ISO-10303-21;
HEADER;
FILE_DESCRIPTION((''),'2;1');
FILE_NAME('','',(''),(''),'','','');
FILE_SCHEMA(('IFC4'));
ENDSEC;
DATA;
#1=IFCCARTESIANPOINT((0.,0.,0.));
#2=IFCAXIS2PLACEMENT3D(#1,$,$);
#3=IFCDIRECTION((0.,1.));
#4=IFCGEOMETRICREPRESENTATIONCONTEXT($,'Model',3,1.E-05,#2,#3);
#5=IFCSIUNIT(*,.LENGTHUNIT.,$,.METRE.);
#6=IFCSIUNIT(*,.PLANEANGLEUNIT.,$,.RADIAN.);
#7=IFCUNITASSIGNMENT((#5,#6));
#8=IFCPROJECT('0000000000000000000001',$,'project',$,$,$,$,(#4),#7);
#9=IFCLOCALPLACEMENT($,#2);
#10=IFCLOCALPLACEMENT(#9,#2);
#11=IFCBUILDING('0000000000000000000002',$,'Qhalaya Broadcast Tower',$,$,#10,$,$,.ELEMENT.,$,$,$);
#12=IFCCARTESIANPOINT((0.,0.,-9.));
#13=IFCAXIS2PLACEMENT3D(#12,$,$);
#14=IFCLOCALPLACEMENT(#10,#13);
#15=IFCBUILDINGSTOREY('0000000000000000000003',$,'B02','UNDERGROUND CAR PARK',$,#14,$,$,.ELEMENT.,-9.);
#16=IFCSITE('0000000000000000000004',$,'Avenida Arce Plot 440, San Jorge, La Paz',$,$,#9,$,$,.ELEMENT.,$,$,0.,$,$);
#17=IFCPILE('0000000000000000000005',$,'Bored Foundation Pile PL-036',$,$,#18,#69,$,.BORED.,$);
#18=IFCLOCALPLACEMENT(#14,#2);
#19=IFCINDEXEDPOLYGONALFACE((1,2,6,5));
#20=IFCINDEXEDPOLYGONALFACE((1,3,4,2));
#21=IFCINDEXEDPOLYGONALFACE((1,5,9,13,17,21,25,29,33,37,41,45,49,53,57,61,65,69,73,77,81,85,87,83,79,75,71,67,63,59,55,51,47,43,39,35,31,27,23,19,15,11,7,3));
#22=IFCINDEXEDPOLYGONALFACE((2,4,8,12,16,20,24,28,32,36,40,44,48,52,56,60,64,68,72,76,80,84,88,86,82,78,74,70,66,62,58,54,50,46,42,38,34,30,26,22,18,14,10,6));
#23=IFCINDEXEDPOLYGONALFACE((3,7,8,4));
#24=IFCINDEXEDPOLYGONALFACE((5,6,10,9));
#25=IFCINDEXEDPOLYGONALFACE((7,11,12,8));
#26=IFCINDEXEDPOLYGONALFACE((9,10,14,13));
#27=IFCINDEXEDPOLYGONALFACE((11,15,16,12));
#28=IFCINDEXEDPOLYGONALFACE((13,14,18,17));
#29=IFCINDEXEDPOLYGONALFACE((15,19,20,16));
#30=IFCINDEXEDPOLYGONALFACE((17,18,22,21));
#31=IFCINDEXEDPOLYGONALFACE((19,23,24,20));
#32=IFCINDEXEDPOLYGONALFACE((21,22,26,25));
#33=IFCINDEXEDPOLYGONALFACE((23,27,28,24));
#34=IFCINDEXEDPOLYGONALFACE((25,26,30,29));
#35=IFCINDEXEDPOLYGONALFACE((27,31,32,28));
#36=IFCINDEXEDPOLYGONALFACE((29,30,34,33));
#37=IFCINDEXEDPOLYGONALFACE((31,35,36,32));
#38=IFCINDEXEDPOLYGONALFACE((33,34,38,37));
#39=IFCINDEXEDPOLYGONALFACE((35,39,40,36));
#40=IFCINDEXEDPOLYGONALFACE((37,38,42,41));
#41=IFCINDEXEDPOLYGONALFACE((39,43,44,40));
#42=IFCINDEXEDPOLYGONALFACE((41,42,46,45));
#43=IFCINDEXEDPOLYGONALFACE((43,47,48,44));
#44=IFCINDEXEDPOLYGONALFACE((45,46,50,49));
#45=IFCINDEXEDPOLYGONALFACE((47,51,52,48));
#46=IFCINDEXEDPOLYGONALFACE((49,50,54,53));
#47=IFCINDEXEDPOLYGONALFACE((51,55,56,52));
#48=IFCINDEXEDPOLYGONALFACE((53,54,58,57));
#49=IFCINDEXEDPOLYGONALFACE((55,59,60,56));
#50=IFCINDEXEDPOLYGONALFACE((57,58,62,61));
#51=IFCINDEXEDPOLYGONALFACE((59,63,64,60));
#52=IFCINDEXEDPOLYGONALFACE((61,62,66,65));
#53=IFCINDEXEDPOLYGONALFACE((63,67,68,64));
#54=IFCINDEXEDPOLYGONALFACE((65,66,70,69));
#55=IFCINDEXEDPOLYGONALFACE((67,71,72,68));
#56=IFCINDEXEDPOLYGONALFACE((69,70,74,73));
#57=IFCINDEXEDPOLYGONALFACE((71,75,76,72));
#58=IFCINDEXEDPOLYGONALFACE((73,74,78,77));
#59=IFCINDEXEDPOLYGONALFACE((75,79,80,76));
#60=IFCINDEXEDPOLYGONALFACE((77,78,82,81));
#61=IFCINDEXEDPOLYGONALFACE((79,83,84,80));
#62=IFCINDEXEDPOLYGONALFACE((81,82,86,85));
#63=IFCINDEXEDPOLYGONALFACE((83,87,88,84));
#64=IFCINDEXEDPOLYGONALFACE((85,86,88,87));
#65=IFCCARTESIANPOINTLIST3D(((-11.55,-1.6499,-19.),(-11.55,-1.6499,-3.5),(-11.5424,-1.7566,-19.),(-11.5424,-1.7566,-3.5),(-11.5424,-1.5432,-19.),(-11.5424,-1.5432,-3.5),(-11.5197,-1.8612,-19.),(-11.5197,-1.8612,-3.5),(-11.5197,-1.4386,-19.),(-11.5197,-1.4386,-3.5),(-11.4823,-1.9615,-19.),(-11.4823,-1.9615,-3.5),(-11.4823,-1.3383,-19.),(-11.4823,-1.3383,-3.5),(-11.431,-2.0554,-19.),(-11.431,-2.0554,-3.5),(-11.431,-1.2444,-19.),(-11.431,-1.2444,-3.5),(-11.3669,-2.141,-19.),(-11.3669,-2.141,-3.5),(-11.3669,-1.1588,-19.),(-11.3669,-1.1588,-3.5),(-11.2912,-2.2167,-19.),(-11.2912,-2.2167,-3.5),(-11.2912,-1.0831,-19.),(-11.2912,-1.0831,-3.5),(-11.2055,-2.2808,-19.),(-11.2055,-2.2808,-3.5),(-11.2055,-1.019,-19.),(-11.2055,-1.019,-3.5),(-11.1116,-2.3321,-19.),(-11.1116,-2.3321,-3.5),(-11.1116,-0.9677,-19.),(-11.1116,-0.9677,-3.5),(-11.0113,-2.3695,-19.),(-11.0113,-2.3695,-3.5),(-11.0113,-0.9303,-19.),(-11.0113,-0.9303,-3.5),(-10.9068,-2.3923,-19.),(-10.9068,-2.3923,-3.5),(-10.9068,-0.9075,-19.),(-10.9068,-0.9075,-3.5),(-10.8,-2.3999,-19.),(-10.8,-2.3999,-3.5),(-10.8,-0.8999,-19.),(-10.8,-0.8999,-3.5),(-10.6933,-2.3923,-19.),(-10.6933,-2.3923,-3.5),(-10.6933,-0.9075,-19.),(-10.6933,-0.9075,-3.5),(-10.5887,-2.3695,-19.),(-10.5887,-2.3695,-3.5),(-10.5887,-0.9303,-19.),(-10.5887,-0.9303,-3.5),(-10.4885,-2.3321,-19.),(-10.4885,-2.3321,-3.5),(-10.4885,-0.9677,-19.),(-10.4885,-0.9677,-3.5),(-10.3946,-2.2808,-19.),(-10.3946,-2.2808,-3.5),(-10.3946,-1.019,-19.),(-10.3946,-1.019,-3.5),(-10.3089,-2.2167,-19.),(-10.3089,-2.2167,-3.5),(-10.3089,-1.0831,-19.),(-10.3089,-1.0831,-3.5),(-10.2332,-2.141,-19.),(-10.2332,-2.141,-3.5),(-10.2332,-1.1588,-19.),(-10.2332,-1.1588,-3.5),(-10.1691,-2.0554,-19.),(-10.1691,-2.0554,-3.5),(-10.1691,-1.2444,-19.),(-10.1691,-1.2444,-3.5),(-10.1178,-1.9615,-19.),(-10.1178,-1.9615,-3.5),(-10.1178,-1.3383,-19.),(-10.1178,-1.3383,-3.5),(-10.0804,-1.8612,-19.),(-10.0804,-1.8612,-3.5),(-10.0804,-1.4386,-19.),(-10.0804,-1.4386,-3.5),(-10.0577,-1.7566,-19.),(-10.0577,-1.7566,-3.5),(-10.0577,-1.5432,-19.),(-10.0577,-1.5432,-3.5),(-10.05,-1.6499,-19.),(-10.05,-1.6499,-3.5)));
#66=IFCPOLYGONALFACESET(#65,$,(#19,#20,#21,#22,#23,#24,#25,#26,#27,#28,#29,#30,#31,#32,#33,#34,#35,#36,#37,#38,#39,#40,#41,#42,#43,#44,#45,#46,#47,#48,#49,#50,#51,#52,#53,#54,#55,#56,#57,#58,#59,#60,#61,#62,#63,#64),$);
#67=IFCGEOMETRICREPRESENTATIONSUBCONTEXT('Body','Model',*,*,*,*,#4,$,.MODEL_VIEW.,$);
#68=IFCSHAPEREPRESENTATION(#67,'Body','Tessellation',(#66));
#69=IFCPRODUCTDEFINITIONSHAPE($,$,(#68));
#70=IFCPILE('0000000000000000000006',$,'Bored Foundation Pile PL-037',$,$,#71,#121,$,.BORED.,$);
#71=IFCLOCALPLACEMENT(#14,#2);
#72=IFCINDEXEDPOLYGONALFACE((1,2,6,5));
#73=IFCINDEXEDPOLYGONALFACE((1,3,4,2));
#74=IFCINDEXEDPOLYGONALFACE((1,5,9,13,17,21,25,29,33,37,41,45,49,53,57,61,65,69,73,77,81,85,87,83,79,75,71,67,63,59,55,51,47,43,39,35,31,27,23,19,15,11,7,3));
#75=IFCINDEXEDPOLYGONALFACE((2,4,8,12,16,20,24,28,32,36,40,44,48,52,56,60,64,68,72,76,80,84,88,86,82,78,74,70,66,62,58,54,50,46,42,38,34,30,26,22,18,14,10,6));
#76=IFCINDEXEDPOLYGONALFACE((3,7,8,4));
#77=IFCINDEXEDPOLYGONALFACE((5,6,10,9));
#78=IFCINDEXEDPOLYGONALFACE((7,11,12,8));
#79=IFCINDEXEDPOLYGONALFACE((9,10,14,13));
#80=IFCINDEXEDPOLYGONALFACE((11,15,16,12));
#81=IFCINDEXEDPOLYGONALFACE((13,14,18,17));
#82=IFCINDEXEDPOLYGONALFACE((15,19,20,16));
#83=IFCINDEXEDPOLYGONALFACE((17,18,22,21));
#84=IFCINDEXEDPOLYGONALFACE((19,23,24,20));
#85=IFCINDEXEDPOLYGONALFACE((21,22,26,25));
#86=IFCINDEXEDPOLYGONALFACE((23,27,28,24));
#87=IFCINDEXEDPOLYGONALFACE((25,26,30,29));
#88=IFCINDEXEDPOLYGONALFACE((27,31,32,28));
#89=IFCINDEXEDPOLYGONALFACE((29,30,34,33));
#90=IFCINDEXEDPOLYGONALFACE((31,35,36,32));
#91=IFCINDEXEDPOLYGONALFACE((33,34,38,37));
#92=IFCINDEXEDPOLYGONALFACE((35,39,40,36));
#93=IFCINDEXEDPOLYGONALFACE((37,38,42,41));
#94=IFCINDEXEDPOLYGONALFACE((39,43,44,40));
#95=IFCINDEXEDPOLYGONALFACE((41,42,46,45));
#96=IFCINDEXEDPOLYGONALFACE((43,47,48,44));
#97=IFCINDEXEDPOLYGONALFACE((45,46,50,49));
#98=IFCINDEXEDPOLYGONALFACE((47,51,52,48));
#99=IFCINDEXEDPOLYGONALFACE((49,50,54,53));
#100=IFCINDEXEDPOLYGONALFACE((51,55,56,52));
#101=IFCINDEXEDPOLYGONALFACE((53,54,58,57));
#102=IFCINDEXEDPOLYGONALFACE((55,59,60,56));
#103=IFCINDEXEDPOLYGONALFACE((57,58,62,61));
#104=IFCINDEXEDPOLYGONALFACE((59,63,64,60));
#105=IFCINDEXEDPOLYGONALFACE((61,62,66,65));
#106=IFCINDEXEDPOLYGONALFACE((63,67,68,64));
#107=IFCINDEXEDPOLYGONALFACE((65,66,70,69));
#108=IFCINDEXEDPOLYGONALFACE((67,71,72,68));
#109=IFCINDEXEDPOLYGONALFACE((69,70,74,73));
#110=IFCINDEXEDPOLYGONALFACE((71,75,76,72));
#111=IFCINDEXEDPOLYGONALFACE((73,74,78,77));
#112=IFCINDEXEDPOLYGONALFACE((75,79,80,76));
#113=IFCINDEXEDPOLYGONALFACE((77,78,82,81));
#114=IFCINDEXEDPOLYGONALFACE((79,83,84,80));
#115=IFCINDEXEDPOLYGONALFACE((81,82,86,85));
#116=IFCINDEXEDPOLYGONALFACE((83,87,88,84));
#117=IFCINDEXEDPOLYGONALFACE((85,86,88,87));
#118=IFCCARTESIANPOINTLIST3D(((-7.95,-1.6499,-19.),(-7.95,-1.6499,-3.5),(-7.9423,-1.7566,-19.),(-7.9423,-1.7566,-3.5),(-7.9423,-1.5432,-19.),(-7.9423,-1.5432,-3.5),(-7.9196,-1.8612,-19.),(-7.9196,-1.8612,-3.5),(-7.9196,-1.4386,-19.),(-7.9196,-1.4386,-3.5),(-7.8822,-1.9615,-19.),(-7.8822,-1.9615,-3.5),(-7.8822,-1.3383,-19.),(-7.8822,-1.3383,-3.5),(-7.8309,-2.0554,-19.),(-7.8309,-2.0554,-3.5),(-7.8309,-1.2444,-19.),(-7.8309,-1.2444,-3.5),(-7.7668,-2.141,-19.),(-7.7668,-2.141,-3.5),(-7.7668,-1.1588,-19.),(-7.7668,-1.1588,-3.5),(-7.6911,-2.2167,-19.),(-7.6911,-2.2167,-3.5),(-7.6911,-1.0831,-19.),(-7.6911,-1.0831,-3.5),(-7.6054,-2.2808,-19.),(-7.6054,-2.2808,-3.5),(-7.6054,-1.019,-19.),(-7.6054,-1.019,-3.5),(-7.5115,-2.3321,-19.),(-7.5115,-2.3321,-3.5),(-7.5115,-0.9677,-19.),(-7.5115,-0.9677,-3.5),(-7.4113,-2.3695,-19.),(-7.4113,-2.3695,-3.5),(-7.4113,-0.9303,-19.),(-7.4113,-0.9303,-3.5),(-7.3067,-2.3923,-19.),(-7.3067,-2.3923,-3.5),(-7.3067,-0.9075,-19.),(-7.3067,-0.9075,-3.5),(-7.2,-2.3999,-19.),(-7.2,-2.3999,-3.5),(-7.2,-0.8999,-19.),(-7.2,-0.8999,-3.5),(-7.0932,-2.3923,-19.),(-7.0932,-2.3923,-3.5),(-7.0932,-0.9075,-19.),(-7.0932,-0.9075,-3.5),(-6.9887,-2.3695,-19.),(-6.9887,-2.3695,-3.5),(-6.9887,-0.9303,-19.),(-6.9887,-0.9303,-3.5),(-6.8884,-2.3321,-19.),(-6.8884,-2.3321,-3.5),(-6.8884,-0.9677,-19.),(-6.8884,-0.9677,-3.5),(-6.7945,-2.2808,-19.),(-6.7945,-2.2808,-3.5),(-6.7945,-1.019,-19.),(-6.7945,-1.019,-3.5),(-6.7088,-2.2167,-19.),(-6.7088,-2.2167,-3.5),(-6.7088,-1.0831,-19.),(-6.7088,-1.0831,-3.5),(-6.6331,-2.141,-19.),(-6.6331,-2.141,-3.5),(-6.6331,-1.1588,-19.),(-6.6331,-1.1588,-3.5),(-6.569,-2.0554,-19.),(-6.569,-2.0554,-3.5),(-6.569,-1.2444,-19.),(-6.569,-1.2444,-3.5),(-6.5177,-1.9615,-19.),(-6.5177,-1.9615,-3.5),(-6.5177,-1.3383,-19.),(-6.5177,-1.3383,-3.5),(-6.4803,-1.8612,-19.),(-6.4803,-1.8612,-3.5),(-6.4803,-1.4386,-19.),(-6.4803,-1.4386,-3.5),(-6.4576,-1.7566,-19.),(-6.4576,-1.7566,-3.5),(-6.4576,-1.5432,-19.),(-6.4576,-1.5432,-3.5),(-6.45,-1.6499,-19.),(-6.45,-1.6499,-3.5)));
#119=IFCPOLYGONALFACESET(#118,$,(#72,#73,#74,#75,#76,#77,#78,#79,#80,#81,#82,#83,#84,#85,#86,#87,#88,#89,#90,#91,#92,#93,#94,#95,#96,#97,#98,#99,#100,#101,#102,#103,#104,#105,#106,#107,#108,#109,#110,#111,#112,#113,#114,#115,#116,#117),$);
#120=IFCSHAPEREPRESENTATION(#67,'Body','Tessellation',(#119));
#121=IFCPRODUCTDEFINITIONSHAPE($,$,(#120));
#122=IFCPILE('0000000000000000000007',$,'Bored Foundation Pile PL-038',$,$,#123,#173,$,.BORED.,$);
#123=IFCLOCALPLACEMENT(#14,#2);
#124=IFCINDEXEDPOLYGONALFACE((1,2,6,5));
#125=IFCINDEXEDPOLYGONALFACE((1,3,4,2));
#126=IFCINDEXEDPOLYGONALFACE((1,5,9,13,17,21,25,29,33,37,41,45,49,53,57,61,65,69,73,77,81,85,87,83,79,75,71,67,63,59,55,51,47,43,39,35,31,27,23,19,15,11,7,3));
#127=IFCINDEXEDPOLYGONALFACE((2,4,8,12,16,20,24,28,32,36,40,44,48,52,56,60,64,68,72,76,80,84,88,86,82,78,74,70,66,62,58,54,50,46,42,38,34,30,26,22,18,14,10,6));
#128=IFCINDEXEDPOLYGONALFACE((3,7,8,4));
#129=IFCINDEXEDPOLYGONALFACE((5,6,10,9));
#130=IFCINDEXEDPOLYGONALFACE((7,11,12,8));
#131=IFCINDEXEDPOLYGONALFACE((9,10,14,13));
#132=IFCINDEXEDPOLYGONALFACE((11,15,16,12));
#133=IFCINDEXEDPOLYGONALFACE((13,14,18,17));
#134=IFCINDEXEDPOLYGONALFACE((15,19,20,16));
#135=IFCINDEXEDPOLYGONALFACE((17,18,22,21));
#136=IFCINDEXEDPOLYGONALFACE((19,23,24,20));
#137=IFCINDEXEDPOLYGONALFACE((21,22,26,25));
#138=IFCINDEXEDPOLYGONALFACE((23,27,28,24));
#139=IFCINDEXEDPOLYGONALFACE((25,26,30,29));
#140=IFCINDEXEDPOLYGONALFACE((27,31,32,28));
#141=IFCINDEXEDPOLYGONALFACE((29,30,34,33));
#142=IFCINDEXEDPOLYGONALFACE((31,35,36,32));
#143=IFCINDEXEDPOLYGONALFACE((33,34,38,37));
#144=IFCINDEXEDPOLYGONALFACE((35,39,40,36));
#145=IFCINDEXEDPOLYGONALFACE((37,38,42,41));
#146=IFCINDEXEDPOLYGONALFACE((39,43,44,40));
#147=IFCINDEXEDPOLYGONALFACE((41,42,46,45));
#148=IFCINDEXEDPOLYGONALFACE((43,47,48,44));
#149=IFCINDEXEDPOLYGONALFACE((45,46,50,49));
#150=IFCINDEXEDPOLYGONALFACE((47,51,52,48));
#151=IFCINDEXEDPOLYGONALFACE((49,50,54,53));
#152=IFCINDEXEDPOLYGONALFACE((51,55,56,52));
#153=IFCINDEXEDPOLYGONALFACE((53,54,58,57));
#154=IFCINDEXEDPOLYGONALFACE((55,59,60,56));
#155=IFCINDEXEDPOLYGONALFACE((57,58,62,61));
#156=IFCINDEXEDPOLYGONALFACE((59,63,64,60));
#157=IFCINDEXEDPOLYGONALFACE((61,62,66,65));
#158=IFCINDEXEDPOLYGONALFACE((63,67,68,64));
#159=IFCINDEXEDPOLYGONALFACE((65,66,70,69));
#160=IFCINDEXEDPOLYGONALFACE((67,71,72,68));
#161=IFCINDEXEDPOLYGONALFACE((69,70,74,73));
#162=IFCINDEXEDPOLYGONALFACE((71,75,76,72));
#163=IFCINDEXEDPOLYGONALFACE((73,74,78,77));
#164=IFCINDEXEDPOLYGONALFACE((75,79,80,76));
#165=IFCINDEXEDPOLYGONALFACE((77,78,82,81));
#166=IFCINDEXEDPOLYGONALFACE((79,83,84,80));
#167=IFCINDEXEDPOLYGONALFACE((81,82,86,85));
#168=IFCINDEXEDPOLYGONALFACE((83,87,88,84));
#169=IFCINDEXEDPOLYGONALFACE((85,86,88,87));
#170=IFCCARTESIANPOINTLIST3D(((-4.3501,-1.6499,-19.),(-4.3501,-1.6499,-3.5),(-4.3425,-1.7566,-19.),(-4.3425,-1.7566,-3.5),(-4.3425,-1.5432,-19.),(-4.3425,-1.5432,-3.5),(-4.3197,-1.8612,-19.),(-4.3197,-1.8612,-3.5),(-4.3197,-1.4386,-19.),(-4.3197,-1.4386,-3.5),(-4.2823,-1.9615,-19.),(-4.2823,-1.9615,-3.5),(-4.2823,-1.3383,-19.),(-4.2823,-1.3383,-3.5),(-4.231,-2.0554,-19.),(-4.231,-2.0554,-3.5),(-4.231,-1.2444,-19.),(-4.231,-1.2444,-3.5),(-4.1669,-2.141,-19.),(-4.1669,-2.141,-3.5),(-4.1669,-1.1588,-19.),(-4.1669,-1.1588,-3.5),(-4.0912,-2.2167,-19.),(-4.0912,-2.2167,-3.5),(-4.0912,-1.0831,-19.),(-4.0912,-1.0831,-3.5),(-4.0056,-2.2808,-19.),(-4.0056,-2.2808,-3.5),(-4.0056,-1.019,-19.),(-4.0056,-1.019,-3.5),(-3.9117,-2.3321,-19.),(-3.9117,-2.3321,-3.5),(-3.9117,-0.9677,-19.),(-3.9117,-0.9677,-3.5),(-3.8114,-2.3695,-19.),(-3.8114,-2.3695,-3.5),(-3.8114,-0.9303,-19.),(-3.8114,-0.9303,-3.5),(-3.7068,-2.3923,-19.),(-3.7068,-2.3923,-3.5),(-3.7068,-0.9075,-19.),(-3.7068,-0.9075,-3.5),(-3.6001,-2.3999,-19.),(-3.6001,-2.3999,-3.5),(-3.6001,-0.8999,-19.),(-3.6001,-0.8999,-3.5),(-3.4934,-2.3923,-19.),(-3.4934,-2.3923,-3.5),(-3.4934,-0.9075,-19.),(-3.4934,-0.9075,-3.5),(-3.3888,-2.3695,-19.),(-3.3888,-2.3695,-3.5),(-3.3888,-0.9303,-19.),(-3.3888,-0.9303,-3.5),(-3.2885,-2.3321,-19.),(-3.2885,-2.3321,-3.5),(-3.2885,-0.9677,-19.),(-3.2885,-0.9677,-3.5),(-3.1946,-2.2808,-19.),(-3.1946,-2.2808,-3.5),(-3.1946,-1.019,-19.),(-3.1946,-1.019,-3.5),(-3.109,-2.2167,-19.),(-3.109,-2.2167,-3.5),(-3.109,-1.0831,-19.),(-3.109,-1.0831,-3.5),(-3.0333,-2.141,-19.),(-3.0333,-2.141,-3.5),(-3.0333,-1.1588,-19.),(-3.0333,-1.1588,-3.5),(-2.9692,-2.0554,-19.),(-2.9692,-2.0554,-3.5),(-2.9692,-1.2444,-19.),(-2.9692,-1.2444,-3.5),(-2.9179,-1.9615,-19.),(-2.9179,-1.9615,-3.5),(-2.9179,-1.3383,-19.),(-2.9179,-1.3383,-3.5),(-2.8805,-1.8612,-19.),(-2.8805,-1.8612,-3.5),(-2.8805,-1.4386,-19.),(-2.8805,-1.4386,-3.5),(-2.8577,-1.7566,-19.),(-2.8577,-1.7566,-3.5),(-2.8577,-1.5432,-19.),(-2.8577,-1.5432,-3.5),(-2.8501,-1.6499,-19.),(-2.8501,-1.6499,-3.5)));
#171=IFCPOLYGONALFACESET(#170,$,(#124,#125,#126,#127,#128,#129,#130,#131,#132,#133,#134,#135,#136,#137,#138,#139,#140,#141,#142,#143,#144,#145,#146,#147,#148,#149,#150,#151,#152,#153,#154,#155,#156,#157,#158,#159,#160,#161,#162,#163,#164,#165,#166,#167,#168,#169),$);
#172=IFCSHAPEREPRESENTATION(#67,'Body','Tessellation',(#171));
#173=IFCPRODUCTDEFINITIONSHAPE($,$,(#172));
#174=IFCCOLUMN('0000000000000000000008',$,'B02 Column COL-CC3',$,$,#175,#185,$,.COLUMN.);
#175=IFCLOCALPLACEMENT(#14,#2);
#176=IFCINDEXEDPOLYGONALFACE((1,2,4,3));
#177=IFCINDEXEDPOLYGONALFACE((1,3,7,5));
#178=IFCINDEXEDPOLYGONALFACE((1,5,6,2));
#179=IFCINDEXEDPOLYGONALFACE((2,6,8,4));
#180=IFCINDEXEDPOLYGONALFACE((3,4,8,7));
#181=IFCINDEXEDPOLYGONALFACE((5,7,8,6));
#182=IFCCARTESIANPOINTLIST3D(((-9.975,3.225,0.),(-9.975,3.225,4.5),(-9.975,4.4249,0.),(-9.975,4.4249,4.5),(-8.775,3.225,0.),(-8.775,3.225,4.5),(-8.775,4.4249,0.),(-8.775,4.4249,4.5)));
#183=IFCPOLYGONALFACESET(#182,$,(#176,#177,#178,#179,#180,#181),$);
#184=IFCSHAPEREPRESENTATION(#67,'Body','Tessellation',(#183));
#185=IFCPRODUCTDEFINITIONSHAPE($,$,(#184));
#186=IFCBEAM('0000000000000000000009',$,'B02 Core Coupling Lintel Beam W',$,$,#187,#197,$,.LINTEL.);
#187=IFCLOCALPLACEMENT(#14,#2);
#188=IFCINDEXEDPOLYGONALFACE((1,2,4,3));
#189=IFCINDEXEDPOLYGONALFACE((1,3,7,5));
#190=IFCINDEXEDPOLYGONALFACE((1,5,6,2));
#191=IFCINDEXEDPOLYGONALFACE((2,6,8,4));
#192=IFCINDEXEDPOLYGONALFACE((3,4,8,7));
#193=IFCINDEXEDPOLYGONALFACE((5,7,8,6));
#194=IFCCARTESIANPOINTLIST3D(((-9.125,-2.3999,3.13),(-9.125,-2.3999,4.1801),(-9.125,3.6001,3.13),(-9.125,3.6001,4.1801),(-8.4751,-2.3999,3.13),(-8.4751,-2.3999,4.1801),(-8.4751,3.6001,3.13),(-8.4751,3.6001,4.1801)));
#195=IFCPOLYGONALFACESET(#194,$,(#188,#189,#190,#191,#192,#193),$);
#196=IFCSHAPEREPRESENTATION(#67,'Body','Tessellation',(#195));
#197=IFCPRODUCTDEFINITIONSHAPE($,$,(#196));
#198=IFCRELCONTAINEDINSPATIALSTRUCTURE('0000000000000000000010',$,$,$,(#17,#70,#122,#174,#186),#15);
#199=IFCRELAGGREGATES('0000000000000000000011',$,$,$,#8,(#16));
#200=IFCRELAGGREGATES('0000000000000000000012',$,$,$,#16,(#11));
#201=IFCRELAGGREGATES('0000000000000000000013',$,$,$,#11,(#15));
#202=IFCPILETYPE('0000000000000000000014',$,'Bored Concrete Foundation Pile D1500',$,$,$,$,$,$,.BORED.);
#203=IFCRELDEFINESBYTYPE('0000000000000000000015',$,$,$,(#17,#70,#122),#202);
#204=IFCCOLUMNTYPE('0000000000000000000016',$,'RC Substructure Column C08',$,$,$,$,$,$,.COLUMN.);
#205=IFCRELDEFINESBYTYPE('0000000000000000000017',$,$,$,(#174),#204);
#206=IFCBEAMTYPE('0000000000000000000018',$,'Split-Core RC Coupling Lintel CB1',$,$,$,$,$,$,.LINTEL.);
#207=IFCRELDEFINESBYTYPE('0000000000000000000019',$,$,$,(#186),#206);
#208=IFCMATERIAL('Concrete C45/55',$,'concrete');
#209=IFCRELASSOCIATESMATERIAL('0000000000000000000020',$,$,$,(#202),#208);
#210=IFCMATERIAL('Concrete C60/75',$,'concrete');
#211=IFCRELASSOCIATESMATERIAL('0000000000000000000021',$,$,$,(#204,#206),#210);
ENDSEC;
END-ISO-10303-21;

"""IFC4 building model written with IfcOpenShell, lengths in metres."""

from ifc_helpers import new_model, si_unit, direction, frame, origin, origin_2d, place, context, subcontext, project, spatial, rectangle, circle, extrude, material, material_profile, profile_set, type_object, element, save


model = new_model("IFC4")

# Units and contexts
model_context = context("Model", 3, precision=1e-05, world=origin(), true_north=direction((0.0, 1.0)))
body_context = subcontext(model_context, "Body", "Model", "MODEL_VIEW")
ifc_project = project(units=[si_unit("LENGTHUNIT", "METRE"), si_unit("PLANEANGLEUNIT", "RADIAN")], contexts=[model_context])

# Site, building, storey
site_placement = place(None, origin())
site = spatial("IfcSite", under=ifc_project, at=site_placement, Name="Avenida Arce Plot 440, San Jorge, La Paz", CompositionType="ELEMENT", RefElevation=0.0)
building_placement = place(site_placement, origin())
building = spatial("IfcBuilding", under=site, at=building_placement, Name="Qhalaya Broadcast Tower", CompositionType="ELEMENT")
storey_placement = place(building_placement, frame((0.0, 0.0, -9.0)))
storey = spatial("IfcBuildingStorey", under=building, at=storey_placement, Name="B02", Description="UNDERGROUND CAR PARK", CompositionType="ELEMENT", Elevation=-9.0)

# Piles
ifc_material_1 = material(Name="Concrete C45/55", Category="concrete")
ifc_material_profile_1 = material_profile(ifc_material_1, circle(Radius=0.75, at=origin_2d()), Name="PILE D1500")
ifc_profile_set_1 = profile_set([ifc_material_profile_1], Name="Concrete C45/55")
pile_type = type_object("IfcPileType", Name="Bored Concrete Foundation Pile D1500", PredefinedType="BORED", material=ifc_profile_set_1)
for number, where, z_axis, x_axis, name in (
    (1, (-10.8, -1.6499, -3.5), (0.0, 0.0, -1.0), (1.0, 0.0, 0.0), "Bored Foundation Pile PL-036"),
    (2, (-7.2, -1.6499, -3.5), (0.0, 0.0, -1.0), (1.0, 0.0, 0.0), "Bored Foundation Pile PL-037"),
    (3, (-3.6001, -1.6499, -3.5), (0.0, 0.0, -1.0), (1.0, 0.0, 0.0), "Bored Foundation Pile PL-038"),
):
    element("IfcPile", number, at=place(storey_placement, frame(where, z_axis=z_axis, x_axis=x_axis)), inside=storey, type_object=pile_type, Name=name, PredefinedType="BORED", context=body_context, shape_type="SweptSolid", body=[
        extrude(circle(Radius=0.75, at=origin_2d()), origin(), (0.0, 0.0, 1.0), 15.5),
    ])

# Column
ifc_material_2 = material(Name="Concrete C60/75", Category="concrete")
ifc_material_profile_2 = material_profile(ifc_material_2, rectangle(XDim=1.2, YDim=1.2, at=origin_2d()), Name="RC-COL 1200x1200")
ifc_profile_set_2 = profile_set([ifc_material_profile_2], Name="Concrete C60/75")
column_type = type_object("IfcColumnType", Name="RC Substructure Column C08", PredefinedType="COLUMN", material=ifc_profile_set_2)
column_placement = place(storey_placement, frame((-9.375, 3.825, 0.0), z_axis=(0.0, 0.0, 1.0), x_axis=(1.0, 0.0, 0.0)))
element("IfcColumn", 4, at=column_placement, inside=storey, type_object=column_type, Name="B02 Column COL-CC3", PredefinedType="COLUMN", context=body_context, shape_type="SweptSolid", body=[
    extrude(rectangle(XDim=1.2, YDim=1.2, at=origin_2d()), origin(), (0.0, 0.0, 1.0), 4.5),
])

# Beam
ifc_material_profile_3 = material_profile(ifc_material_2, rectangle(XDim=0.6499, YDim=1.05, at=origin_2d()), Name="RC-CB 650x1050")
ifc_profile_set_3 = profile_set([ifc_material_profile_3], Name="Concrete C60/75")
beam_type = type_object("IfcBeamType", Name="Split-Core RC Coupling Lintel CB1", PredefinedType="LINTEL", material=ifc_profile_set_3)
beam_placement = place(storey_placement, frame((-8.8, -2.3999, 3.655), z_axis=(0.0, 1.0, 0.0), x_axis=(-1.0, 0.0, 0.0)))
element("IfcBeam", 5, at=beam_placement, inside=storey, type_object=beam_type, Name="B02 Core Coupling Lintel Beam W", PredefinedType="LINTEL", context=body_context, shape_type="SweptSolid", body=[
    extrude(rectangle(XDim=0.6499, YDim=1.05, at=origin_2d()), origin(), (0.0, 0.0, 1.0), 6.0),
])

save(model, "model.ifc")
